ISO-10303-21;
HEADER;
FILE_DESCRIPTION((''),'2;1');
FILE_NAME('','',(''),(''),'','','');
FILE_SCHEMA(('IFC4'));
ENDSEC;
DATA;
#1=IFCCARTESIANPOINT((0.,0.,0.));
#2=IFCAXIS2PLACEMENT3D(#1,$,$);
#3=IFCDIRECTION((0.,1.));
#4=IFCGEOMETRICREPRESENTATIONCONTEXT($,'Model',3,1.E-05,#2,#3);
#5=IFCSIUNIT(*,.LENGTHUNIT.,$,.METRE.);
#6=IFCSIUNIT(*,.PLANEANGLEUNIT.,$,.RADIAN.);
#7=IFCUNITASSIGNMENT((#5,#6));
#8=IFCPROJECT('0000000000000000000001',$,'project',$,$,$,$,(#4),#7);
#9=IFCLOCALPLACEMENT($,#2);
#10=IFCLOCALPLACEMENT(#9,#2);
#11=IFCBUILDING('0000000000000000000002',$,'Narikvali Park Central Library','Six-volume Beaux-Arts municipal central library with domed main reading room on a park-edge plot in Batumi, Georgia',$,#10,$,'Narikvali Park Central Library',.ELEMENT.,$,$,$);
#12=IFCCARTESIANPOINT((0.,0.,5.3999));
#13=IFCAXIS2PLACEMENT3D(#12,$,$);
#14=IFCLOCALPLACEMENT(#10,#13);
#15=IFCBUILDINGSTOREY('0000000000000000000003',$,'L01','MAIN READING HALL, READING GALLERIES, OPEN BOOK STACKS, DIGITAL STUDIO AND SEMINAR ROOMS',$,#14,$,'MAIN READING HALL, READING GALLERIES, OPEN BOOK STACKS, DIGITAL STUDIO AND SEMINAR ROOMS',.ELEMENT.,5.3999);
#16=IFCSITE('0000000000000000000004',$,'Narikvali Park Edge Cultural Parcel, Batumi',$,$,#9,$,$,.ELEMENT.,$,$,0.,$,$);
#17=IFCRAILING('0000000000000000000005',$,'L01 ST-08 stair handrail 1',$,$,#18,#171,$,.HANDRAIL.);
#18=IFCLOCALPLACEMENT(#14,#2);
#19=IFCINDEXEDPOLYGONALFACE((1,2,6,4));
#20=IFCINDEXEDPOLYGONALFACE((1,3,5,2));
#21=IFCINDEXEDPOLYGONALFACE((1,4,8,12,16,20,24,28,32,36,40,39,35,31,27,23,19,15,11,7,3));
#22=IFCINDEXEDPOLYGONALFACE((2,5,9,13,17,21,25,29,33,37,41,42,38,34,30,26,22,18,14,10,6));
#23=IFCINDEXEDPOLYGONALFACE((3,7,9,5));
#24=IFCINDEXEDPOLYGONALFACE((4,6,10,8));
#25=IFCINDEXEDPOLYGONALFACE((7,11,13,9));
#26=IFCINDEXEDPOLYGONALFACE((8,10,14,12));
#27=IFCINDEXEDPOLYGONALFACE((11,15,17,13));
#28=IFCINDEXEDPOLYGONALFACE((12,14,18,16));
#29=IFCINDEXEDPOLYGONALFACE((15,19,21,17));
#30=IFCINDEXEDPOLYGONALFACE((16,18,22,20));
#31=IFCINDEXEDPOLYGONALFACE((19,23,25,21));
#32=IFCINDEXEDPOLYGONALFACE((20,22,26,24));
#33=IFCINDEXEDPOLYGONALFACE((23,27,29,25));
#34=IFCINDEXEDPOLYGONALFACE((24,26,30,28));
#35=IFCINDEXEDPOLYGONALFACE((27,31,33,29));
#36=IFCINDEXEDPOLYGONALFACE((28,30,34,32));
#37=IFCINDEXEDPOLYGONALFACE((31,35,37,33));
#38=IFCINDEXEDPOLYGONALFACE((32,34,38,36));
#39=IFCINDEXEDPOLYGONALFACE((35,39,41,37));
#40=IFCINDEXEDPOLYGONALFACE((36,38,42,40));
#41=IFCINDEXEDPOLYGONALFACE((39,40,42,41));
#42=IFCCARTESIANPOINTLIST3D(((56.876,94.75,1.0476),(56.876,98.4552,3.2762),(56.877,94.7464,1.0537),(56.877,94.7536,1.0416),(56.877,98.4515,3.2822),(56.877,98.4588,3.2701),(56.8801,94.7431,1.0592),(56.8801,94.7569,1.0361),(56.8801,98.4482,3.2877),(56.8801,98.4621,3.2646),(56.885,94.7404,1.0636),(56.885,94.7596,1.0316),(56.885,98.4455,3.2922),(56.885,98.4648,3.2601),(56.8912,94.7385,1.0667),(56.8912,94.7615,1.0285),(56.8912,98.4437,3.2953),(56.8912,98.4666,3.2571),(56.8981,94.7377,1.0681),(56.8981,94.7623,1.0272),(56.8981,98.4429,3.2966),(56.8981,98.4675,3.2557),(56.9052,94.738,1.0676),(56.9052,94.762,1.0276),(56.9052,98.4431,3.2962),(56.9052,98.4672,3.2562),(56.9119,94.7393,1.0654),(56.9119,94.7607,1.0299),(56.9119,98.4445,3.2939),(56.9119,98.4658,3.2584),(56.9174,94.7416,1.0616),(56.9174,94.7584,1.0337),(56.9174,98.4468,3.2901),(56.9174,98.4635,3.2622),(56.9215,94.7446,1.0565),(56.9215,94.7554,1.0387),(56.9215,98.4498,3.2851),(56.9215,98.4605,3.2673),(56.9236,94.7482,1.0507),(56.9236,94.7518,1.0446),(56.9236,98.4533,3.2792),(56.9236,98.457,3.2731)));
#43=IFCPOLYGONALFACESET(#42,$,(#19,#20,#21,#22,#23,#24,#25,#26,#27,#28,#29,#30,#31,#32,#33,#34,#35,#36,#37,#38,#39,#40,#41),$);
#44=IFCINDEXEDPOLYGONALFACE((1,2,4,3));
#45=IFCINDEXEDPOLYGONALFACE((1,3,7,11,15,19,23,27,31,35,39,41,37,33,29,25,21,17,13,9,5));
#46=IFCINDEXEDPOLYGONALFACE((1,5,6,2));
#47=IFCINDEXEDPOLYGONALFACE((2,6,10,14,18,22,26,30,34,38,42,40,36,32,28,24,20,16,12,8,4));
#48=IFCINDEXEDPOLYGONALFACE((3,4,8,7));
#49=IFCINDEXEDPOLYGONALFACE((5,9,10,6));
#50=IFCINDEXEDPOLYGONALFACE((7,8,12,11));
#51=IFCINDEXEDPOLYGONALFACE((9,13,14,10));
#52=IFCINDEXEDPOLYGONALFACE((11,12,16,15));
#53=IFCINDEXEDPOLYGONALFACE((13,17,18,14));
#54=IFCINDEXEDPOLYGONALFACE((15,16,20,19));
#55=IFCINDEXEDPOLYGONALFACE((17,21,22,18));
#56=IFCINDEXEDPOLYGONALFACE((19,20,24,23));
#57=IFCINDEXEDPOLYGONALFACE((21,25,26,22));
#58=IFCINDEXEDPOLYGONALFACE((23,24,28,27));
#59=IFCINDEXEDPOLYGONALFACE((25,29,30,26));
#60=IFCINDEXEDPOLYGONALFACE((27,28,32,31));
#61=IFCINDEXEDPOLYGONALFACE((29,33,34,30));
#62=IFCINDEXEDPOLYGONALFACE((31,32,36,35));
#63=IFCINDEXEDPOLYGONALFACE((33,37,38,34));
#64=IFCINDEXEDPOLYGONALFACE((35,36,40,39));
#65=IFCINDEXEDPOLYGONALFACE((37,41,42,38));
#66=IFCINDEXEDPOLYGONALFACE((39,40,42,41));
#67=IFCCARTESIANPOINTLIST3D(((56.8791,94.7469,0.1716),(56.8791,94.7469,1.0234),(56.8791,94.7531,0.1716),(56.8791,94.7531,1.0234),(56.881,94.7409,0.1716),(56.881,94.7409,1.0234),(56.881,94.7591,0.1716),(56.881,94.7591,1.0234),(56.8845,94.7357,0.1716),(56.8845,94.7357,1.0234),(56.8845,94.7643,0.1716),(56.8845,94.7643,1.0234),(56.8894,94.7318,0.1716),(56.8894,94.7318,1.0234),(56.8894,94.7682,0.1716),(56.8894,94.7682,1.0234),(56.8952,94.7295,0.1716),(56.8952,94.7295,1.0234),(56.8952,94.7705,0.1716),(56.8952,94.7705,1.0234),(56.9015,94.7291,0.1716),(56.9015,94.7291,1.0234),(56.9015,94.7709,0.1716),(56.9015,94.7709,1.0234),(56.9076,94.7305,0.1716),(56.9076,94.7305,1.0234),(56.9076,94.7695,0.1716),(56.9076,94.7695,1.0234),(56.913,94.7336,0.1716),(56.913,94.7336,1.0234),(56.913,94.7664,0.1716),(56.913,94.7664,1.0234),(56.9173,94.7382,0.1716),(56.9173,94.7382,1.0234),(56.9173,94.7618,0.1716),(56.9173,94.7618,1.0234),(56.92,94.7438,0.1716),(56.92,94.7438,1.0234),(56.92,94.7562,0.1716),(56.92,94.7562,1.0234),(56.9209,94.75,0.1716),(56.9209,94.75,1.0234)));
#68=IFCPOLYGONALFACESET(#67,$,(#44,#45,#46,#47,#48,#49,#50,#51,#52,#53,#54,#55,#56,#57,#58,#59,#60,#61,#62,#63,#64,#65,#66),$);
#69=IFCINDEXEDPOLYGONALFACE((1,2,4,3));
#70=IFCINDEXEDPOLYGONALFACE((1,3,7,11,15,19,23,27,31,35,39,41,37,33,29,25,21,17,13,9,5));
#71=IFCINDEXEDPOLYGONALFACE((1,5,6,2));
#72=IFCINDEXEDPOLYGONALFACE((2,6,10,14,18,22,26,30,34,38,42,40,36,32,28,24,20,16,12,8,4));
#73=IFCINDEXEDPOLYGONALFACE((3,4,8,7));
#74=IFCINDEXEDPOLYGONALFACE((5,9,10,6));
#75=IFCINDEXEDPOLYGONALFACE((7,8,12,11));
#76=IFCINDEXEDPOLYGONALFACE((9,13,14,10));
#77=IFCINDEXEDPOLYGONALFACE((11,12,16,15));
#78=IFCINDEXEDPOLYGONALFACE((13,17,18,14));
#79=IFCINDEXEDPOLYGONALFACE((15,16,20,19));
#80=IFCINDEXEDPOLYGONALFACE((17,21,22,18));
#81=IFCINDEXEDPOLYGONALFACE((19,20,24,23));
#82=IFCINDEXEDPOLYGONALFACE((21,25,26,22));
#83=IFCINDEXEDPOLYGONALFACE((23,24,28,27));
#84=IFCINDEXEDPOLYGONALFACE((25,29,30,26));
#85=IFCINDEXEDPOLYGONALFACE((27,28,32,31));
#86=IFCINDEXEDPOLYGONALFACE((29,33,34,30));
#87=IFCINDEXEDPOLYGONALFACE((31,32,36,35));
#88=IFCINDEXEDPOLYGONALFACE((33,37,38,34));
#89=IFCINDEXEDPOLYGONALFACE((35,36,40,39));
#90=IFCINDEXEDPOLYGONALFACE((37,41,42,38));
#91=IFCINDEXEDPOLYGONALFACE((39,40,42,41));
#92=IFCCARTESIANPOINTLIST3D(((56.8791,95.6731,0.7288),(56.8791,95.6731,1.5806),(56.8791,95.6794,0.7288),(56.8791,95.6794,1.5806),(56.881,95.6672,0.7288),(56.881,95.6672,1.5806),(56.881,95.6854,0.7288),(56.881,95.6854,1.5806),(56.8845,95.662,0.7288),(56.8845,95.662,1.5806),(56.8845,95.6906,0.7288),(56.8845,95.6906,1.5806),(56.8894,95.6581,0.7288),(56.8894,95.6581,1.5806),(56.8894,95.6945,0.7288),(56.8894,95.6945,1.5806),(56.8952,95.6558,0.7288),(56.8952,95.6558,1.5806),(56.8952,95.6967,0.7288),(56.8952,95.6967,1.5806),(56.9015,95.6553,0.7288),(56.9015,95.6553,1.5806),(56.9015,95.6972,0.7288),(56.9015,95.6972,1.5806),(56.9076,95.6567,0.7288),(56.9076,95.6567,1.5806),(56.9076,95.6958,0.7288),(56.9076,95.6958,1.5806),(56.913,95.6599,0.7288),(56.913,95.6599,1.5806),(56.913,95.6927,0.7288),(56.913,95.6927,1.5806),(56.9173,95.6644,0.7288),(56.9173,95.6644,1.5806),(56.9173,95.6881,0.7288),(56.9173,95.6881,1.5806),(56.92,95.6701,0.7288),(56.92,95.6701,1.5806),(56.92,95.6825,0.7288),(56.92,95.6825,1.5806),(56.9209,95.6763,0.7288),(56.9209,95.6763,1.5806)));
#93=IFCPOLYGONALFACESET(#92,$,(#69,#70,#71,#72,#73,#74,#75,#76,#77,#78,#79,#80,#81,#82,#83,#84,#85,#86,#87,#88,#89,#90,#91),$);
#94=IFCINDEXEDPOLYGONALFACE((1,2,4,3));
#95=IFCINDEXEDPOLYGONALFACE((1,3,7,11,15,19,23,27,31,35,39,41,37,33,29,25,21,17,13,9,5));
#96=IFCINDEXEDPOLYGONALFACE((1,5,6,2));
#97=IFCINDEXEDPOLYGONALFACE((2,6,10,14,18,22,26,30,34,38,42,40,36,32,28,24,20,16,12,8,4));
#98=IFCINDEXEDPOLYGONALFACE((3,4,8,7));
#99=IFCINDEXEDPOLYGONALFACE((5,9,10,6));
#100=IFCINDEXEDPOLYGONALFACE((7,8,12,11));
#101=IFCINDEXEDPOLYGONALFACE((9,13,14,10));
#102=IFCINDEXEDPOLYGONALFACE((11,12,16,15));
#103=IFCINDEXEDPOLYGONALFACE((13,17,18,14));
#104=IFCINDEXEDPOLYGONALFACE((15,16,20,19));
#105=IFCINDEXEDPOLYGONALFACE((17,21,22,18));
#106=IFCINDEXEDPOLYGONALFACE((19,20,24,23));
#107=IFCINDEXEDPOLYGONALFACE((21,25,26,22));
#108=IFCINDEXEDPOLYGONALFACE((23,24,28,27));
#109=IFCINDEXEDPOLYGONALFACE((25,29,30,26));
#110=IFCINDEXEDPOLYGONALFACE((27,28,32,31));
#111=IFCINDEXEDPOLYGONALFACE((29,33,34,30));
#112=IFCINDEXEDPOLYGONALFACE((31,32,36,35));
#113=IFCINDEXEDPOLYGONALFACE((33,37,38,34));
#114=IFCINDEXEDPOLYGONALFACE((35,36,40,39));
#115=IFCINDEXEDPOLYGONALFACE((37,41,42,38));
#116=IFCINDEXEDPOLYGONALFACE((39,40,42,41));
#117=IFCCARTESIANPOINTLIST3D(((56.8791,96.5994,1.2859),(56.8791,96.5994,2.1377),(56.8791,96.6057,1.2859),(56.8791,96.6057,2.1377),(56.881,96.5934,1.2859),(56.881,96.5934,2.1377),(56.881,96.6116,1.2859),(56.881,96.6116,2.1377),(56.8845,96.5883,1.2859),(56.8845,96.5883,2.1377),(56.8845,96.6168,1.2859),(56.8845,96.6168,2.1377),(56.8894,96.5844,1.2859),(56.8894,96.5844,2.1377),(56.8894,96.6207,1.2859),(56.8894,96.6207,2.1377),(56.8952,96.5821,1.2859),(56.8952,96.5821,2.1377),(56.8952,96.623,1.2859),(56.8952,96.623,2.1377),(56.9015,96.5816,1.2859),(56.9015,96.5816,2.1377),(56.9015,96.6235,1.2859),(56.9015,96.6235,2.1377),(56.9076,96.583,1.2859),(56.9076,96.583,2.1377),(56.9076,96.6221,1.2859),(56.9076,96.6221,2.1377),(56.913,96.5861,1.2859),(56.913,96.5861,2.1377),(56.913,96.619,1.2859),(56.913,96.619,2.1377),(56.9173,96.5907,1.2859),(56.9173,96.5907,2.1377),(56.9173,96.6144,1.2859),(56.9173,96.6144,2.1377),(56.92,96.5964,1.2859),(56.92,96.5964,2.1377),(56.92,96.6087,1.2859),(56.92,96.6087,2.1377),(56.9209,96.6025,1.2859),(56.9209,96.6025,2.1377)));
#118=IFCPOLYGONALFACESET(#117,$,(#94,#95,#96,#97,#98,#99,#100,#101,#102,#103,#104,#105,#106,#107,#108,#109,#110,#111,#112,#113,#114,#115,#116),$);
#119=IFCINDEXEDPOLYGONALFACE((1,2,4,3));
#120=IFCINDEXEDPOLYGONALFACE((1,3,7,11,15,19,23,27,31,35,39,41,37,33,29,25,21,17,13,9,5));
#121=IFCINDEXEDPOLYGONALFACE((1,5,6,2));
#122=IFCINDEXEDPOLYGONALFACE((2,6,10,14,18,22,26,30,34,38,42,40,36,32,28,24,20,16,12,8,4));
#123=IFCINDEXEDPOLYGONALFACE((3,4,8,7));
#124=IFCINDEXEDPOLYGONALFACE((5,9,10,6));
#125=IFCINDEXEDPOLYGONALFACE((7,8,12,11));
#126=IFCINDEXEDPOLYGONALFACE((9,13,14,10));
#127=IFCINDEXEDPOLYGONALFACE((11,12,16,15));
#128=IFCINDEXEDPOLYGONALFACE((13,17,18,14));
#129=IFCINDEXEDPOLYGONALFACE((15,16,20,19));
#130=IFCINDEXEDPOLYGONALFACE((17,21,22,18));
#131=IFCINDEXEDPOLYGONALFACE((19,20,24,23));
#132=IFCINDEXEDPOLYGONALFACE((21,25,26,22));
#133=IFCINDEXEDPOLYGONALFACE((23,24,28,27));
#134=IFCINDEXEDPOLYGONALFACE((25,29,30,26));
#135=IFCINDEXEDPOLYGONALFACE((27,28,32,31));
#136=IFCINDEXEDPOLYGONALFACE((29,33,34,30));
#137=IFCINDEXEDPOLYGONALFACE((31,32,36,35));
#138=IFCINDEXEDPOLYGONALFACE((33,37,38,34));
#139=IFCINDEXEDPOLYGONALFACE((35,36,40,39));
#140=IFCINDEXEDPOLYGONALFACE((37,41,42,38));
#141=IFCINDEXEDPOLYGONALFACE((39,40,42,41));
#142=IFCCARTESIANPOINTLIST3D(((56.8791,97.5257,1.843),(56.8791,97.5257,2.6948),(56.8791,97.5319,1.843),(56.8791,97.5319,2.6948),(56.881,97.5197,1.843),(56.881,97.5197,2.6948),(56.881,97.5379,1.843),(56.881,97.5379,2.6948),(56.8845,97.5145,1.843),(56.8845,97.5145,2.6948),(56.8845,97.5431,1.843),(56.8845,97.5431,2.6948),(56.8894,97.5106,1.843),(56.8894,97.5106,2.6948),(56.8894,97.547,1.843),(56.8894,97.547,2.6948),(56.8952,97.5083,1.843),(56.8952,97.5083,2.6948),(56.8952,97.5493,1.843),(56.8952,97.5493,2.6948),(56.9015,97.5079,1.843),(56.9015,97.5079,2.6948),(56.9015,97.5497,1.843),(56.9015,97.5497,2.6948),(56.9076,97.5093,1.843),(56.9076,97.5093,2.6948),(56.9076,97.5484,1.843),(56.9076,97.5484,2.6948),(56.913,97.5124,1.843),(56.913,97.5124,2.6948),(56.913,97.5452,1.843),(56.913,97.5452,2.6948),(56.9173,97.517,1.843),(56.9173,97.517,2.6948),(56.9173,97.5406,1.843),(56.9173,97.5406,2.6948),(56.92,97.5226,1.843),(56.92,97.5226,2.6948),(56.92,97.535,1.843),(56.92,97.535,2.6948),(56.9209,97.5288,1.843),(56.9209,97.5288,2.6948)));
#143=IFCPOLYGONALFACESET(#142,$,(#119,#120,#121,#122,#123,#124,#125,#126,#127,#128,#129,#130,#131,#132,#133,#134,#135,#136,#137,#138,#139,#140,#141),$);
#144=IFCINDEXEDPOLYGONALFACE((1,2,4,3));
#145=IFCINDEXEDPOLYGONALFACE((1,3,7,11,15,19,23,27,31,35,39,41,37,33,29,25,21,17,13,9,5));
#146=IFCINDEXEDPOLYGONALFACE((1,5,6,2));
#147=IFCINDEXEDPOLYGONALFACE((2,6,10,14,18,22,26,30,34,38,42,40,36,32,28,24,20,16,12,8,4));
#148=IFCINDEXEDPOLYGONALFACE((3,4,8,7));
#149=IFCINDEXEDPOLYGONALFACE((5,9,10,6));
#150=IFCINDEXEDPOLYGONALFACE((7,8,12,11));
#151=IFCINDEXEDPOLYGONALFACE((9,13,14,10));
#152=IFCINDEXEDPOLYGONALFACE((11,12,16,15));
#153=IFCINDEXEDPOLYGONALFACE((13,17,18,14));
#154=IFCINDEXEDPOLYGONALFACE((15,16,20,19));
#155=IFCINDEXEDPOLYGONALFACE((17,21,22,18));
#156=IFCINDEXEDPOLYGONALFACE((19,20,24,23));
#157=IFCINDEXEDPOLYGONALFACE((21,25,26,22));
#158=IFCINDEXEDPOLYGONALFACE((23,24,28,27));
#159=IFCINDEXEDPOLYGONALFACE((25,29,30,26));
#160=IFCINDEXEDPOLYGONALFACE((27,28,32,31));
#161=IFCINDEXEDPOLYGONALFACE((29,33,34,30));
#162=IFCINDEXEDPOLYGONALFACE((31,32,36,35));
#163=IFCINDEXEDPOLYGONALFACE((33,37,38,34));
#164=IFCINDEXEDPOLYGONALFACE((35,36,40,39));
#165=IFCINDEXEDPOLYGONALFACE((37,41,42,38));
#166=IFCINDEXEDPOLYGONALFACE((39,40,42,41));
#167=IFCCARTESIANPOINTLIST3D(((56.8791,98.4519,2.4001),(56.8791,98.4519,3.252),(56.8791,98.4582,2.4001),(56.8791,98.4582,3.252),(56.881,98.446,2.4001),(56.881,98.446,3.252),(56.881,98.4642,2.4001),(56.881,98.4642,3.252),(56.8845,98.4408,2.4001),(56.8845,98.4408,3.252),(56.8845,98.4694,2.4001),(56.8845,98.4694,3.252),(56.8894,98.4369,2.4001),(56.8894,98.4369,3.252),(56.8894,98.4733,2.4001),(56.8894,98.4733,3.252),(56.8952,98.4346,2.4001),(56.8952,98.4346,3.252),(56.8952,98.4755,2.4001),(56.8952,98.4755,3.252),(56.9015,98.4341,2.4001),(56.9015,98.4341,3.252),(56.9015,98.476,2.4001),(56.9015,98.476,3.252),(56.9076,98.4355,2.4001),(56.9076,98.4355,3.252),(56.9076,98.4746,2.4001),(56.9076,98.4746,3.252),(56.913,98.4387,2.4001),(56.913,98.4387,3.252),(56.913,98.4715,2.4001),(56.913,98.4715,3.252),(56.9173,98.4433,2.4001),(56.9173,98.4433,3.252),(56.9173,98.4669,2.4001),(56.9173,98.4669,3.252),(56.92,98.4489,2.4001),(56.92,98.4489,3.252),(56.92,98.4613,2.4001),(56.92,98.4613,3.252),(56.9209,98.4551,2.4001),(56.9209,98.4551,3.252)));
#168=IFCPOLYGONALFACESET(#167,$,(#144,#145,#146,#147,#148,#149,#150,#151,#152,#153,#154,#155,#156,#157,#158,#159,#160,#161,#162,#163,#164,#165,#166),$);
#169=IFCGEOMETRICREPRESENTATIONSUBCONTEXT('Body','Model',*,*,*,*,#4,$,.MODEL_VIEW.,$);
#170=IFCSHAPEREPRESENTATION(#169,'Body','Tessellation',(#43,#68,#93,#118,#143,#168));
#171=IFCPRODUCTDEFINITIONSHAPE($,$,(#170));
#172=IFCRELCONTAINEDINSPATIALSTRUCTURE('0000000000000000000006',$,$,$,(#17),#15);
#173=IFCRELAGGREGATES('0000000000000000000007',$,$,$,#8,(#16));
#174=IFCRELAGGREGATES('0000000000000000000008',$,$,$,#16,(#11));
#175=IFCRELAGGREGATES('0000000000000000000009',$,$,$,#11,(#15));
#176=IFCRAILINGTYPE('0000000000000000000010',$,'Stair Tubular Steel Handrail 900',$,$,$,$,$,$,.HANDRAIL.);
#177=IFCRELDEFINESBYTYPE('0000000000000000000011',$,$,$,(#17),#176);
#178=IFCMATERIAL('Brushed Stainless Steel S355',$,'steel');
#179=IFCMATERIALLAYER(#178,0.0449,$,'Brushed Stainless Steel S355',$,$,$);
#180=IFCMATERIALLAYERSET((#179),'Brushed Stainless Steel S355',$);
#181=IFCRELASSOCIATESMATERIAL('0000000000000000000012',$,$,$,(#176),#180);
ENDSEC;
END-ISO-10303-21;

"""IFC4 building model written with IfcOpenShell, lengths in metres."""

from ifc_helpers import new_model, si_unit, direction, frame, origin, origin_2d, place, context, subcontext, project, spatial, circle, extrude, material, layer, layer_set, type_object, element, save


model = new_model("IFC4")

# Units and contexts
model_context = context("Model", 3, precision=1e-05, world=origin(), true_north=direction((0.0, 1.0)))
body_context = subcontext(model_context, "Body", "Model", "MODEL_VIEW")
ifc_project = project(units=[si_unit("LENGTHUNIT", "METRE"), si_unit("PLANEANGLEUNIT", "RADIAN")], contexts=[model_context])

# Site, building, storey
site_placement = place(None, origin())
site = spatial("IfcSite", under=ifc_project, at=site_placement, Name="Narikvali Park Edge Cultural Parcel, Batumi", CompositionType="ELEMENT", RefElevation=0.0)
building_placement = place(site_placement, origin())
building = spatial("IfcBuilding", under=site, at=building_placement, Name="Narikvali Park Central Library", Description="Six-volume Beaux-Arts municipal central library with domed main reading room on a park-edge plot in Batumi, Georgia", LongName="Narikvali Park Central Library", CompositionType="ELEMENT")
storey_placement = place(building_placement, frame((0.0, 0.0, 5.3999)))
storey = spatial("IfcBuildingStorey", under=building, at=storey_placement, Name="L01", Description="MAIN READING HALL, READING GALLERIES, OPEN BOOK STACKS, DIGITAL STUDIO AND SEMINAR ROOMS", LongName="MAIN READING HALL, READING GALLERIES, OPEN BOOK STACKS, DIGITAL STUDIO AND SEMINAR ROOMS", CompositionType="ELEMENT", Elevation=5.3999)

# Railing
ifc_material_1 = material(Name="Brushed Stainless Steel S355", Category="steel")
ifc_layer_1 = layer(ifc_material_1, 0.0449, Name="Brushed Stainless Steel S355")
ifc_layer_set_1 = layer_set([ifc_layer_1], Name="Brushed Stainless Steel S355")
railing_type_1 = type_object("IfcRailingType", Name="Stair Tubular Steel Handrail 900", PredefinedType="HANDRAIL", material=ifc_layer_set_1)
railing_1_placement = place(storey_placement, frame((56.8999, 94.75, 0.1716)))
element("IfcRailing", 1, at=railing_1_placement, inside=storey, type_object=railing_type_1, Name="L01 ST-08 stair handrail 1", PredefinedType="HANDRAIL", context=body_context, shape_type="SweptSolid", body=[
    extrude(circle(Radius=0.0239, at=origin_2d()), frame((0.0, 0.0, 0.876), z_axis=(0.0, 0.856934, 0.515425), x_axis=(-1.0, 0.0, 0.0)), (0.0, 0.0, 1.0), 4.3237),
    extrude(circle(Radius=0.021, at=origin_2d()), origin(), (0.0, 0.0, 1.0), 0.8518),
    extrude(circle(Radius=0.021, at=origin_2d()), frame((0.0, 0.9263, 0.5571)), (0.0, 0.0, 1.0), 0.8518),
    extrude(circle(Radius=0.021, at=origin_2d()), frame((0.0, 1.8525, 1.1143)), (0.0, 0.0, 1.0), 0.8518),
    extrude(circle(Radius=0.021, at=origin_2d()), frame((0.0, 2.7788, 1.6714)), (0.0, 0.0, 1.0), 0.8518),
    extrude(circle(Radius=0.021, at=origin_2d()), frame((0.0, 3.7051, 2.2285)), (0.0, 0.0, 1.0), 0.8518),
])

save(model, "model.ifc")
